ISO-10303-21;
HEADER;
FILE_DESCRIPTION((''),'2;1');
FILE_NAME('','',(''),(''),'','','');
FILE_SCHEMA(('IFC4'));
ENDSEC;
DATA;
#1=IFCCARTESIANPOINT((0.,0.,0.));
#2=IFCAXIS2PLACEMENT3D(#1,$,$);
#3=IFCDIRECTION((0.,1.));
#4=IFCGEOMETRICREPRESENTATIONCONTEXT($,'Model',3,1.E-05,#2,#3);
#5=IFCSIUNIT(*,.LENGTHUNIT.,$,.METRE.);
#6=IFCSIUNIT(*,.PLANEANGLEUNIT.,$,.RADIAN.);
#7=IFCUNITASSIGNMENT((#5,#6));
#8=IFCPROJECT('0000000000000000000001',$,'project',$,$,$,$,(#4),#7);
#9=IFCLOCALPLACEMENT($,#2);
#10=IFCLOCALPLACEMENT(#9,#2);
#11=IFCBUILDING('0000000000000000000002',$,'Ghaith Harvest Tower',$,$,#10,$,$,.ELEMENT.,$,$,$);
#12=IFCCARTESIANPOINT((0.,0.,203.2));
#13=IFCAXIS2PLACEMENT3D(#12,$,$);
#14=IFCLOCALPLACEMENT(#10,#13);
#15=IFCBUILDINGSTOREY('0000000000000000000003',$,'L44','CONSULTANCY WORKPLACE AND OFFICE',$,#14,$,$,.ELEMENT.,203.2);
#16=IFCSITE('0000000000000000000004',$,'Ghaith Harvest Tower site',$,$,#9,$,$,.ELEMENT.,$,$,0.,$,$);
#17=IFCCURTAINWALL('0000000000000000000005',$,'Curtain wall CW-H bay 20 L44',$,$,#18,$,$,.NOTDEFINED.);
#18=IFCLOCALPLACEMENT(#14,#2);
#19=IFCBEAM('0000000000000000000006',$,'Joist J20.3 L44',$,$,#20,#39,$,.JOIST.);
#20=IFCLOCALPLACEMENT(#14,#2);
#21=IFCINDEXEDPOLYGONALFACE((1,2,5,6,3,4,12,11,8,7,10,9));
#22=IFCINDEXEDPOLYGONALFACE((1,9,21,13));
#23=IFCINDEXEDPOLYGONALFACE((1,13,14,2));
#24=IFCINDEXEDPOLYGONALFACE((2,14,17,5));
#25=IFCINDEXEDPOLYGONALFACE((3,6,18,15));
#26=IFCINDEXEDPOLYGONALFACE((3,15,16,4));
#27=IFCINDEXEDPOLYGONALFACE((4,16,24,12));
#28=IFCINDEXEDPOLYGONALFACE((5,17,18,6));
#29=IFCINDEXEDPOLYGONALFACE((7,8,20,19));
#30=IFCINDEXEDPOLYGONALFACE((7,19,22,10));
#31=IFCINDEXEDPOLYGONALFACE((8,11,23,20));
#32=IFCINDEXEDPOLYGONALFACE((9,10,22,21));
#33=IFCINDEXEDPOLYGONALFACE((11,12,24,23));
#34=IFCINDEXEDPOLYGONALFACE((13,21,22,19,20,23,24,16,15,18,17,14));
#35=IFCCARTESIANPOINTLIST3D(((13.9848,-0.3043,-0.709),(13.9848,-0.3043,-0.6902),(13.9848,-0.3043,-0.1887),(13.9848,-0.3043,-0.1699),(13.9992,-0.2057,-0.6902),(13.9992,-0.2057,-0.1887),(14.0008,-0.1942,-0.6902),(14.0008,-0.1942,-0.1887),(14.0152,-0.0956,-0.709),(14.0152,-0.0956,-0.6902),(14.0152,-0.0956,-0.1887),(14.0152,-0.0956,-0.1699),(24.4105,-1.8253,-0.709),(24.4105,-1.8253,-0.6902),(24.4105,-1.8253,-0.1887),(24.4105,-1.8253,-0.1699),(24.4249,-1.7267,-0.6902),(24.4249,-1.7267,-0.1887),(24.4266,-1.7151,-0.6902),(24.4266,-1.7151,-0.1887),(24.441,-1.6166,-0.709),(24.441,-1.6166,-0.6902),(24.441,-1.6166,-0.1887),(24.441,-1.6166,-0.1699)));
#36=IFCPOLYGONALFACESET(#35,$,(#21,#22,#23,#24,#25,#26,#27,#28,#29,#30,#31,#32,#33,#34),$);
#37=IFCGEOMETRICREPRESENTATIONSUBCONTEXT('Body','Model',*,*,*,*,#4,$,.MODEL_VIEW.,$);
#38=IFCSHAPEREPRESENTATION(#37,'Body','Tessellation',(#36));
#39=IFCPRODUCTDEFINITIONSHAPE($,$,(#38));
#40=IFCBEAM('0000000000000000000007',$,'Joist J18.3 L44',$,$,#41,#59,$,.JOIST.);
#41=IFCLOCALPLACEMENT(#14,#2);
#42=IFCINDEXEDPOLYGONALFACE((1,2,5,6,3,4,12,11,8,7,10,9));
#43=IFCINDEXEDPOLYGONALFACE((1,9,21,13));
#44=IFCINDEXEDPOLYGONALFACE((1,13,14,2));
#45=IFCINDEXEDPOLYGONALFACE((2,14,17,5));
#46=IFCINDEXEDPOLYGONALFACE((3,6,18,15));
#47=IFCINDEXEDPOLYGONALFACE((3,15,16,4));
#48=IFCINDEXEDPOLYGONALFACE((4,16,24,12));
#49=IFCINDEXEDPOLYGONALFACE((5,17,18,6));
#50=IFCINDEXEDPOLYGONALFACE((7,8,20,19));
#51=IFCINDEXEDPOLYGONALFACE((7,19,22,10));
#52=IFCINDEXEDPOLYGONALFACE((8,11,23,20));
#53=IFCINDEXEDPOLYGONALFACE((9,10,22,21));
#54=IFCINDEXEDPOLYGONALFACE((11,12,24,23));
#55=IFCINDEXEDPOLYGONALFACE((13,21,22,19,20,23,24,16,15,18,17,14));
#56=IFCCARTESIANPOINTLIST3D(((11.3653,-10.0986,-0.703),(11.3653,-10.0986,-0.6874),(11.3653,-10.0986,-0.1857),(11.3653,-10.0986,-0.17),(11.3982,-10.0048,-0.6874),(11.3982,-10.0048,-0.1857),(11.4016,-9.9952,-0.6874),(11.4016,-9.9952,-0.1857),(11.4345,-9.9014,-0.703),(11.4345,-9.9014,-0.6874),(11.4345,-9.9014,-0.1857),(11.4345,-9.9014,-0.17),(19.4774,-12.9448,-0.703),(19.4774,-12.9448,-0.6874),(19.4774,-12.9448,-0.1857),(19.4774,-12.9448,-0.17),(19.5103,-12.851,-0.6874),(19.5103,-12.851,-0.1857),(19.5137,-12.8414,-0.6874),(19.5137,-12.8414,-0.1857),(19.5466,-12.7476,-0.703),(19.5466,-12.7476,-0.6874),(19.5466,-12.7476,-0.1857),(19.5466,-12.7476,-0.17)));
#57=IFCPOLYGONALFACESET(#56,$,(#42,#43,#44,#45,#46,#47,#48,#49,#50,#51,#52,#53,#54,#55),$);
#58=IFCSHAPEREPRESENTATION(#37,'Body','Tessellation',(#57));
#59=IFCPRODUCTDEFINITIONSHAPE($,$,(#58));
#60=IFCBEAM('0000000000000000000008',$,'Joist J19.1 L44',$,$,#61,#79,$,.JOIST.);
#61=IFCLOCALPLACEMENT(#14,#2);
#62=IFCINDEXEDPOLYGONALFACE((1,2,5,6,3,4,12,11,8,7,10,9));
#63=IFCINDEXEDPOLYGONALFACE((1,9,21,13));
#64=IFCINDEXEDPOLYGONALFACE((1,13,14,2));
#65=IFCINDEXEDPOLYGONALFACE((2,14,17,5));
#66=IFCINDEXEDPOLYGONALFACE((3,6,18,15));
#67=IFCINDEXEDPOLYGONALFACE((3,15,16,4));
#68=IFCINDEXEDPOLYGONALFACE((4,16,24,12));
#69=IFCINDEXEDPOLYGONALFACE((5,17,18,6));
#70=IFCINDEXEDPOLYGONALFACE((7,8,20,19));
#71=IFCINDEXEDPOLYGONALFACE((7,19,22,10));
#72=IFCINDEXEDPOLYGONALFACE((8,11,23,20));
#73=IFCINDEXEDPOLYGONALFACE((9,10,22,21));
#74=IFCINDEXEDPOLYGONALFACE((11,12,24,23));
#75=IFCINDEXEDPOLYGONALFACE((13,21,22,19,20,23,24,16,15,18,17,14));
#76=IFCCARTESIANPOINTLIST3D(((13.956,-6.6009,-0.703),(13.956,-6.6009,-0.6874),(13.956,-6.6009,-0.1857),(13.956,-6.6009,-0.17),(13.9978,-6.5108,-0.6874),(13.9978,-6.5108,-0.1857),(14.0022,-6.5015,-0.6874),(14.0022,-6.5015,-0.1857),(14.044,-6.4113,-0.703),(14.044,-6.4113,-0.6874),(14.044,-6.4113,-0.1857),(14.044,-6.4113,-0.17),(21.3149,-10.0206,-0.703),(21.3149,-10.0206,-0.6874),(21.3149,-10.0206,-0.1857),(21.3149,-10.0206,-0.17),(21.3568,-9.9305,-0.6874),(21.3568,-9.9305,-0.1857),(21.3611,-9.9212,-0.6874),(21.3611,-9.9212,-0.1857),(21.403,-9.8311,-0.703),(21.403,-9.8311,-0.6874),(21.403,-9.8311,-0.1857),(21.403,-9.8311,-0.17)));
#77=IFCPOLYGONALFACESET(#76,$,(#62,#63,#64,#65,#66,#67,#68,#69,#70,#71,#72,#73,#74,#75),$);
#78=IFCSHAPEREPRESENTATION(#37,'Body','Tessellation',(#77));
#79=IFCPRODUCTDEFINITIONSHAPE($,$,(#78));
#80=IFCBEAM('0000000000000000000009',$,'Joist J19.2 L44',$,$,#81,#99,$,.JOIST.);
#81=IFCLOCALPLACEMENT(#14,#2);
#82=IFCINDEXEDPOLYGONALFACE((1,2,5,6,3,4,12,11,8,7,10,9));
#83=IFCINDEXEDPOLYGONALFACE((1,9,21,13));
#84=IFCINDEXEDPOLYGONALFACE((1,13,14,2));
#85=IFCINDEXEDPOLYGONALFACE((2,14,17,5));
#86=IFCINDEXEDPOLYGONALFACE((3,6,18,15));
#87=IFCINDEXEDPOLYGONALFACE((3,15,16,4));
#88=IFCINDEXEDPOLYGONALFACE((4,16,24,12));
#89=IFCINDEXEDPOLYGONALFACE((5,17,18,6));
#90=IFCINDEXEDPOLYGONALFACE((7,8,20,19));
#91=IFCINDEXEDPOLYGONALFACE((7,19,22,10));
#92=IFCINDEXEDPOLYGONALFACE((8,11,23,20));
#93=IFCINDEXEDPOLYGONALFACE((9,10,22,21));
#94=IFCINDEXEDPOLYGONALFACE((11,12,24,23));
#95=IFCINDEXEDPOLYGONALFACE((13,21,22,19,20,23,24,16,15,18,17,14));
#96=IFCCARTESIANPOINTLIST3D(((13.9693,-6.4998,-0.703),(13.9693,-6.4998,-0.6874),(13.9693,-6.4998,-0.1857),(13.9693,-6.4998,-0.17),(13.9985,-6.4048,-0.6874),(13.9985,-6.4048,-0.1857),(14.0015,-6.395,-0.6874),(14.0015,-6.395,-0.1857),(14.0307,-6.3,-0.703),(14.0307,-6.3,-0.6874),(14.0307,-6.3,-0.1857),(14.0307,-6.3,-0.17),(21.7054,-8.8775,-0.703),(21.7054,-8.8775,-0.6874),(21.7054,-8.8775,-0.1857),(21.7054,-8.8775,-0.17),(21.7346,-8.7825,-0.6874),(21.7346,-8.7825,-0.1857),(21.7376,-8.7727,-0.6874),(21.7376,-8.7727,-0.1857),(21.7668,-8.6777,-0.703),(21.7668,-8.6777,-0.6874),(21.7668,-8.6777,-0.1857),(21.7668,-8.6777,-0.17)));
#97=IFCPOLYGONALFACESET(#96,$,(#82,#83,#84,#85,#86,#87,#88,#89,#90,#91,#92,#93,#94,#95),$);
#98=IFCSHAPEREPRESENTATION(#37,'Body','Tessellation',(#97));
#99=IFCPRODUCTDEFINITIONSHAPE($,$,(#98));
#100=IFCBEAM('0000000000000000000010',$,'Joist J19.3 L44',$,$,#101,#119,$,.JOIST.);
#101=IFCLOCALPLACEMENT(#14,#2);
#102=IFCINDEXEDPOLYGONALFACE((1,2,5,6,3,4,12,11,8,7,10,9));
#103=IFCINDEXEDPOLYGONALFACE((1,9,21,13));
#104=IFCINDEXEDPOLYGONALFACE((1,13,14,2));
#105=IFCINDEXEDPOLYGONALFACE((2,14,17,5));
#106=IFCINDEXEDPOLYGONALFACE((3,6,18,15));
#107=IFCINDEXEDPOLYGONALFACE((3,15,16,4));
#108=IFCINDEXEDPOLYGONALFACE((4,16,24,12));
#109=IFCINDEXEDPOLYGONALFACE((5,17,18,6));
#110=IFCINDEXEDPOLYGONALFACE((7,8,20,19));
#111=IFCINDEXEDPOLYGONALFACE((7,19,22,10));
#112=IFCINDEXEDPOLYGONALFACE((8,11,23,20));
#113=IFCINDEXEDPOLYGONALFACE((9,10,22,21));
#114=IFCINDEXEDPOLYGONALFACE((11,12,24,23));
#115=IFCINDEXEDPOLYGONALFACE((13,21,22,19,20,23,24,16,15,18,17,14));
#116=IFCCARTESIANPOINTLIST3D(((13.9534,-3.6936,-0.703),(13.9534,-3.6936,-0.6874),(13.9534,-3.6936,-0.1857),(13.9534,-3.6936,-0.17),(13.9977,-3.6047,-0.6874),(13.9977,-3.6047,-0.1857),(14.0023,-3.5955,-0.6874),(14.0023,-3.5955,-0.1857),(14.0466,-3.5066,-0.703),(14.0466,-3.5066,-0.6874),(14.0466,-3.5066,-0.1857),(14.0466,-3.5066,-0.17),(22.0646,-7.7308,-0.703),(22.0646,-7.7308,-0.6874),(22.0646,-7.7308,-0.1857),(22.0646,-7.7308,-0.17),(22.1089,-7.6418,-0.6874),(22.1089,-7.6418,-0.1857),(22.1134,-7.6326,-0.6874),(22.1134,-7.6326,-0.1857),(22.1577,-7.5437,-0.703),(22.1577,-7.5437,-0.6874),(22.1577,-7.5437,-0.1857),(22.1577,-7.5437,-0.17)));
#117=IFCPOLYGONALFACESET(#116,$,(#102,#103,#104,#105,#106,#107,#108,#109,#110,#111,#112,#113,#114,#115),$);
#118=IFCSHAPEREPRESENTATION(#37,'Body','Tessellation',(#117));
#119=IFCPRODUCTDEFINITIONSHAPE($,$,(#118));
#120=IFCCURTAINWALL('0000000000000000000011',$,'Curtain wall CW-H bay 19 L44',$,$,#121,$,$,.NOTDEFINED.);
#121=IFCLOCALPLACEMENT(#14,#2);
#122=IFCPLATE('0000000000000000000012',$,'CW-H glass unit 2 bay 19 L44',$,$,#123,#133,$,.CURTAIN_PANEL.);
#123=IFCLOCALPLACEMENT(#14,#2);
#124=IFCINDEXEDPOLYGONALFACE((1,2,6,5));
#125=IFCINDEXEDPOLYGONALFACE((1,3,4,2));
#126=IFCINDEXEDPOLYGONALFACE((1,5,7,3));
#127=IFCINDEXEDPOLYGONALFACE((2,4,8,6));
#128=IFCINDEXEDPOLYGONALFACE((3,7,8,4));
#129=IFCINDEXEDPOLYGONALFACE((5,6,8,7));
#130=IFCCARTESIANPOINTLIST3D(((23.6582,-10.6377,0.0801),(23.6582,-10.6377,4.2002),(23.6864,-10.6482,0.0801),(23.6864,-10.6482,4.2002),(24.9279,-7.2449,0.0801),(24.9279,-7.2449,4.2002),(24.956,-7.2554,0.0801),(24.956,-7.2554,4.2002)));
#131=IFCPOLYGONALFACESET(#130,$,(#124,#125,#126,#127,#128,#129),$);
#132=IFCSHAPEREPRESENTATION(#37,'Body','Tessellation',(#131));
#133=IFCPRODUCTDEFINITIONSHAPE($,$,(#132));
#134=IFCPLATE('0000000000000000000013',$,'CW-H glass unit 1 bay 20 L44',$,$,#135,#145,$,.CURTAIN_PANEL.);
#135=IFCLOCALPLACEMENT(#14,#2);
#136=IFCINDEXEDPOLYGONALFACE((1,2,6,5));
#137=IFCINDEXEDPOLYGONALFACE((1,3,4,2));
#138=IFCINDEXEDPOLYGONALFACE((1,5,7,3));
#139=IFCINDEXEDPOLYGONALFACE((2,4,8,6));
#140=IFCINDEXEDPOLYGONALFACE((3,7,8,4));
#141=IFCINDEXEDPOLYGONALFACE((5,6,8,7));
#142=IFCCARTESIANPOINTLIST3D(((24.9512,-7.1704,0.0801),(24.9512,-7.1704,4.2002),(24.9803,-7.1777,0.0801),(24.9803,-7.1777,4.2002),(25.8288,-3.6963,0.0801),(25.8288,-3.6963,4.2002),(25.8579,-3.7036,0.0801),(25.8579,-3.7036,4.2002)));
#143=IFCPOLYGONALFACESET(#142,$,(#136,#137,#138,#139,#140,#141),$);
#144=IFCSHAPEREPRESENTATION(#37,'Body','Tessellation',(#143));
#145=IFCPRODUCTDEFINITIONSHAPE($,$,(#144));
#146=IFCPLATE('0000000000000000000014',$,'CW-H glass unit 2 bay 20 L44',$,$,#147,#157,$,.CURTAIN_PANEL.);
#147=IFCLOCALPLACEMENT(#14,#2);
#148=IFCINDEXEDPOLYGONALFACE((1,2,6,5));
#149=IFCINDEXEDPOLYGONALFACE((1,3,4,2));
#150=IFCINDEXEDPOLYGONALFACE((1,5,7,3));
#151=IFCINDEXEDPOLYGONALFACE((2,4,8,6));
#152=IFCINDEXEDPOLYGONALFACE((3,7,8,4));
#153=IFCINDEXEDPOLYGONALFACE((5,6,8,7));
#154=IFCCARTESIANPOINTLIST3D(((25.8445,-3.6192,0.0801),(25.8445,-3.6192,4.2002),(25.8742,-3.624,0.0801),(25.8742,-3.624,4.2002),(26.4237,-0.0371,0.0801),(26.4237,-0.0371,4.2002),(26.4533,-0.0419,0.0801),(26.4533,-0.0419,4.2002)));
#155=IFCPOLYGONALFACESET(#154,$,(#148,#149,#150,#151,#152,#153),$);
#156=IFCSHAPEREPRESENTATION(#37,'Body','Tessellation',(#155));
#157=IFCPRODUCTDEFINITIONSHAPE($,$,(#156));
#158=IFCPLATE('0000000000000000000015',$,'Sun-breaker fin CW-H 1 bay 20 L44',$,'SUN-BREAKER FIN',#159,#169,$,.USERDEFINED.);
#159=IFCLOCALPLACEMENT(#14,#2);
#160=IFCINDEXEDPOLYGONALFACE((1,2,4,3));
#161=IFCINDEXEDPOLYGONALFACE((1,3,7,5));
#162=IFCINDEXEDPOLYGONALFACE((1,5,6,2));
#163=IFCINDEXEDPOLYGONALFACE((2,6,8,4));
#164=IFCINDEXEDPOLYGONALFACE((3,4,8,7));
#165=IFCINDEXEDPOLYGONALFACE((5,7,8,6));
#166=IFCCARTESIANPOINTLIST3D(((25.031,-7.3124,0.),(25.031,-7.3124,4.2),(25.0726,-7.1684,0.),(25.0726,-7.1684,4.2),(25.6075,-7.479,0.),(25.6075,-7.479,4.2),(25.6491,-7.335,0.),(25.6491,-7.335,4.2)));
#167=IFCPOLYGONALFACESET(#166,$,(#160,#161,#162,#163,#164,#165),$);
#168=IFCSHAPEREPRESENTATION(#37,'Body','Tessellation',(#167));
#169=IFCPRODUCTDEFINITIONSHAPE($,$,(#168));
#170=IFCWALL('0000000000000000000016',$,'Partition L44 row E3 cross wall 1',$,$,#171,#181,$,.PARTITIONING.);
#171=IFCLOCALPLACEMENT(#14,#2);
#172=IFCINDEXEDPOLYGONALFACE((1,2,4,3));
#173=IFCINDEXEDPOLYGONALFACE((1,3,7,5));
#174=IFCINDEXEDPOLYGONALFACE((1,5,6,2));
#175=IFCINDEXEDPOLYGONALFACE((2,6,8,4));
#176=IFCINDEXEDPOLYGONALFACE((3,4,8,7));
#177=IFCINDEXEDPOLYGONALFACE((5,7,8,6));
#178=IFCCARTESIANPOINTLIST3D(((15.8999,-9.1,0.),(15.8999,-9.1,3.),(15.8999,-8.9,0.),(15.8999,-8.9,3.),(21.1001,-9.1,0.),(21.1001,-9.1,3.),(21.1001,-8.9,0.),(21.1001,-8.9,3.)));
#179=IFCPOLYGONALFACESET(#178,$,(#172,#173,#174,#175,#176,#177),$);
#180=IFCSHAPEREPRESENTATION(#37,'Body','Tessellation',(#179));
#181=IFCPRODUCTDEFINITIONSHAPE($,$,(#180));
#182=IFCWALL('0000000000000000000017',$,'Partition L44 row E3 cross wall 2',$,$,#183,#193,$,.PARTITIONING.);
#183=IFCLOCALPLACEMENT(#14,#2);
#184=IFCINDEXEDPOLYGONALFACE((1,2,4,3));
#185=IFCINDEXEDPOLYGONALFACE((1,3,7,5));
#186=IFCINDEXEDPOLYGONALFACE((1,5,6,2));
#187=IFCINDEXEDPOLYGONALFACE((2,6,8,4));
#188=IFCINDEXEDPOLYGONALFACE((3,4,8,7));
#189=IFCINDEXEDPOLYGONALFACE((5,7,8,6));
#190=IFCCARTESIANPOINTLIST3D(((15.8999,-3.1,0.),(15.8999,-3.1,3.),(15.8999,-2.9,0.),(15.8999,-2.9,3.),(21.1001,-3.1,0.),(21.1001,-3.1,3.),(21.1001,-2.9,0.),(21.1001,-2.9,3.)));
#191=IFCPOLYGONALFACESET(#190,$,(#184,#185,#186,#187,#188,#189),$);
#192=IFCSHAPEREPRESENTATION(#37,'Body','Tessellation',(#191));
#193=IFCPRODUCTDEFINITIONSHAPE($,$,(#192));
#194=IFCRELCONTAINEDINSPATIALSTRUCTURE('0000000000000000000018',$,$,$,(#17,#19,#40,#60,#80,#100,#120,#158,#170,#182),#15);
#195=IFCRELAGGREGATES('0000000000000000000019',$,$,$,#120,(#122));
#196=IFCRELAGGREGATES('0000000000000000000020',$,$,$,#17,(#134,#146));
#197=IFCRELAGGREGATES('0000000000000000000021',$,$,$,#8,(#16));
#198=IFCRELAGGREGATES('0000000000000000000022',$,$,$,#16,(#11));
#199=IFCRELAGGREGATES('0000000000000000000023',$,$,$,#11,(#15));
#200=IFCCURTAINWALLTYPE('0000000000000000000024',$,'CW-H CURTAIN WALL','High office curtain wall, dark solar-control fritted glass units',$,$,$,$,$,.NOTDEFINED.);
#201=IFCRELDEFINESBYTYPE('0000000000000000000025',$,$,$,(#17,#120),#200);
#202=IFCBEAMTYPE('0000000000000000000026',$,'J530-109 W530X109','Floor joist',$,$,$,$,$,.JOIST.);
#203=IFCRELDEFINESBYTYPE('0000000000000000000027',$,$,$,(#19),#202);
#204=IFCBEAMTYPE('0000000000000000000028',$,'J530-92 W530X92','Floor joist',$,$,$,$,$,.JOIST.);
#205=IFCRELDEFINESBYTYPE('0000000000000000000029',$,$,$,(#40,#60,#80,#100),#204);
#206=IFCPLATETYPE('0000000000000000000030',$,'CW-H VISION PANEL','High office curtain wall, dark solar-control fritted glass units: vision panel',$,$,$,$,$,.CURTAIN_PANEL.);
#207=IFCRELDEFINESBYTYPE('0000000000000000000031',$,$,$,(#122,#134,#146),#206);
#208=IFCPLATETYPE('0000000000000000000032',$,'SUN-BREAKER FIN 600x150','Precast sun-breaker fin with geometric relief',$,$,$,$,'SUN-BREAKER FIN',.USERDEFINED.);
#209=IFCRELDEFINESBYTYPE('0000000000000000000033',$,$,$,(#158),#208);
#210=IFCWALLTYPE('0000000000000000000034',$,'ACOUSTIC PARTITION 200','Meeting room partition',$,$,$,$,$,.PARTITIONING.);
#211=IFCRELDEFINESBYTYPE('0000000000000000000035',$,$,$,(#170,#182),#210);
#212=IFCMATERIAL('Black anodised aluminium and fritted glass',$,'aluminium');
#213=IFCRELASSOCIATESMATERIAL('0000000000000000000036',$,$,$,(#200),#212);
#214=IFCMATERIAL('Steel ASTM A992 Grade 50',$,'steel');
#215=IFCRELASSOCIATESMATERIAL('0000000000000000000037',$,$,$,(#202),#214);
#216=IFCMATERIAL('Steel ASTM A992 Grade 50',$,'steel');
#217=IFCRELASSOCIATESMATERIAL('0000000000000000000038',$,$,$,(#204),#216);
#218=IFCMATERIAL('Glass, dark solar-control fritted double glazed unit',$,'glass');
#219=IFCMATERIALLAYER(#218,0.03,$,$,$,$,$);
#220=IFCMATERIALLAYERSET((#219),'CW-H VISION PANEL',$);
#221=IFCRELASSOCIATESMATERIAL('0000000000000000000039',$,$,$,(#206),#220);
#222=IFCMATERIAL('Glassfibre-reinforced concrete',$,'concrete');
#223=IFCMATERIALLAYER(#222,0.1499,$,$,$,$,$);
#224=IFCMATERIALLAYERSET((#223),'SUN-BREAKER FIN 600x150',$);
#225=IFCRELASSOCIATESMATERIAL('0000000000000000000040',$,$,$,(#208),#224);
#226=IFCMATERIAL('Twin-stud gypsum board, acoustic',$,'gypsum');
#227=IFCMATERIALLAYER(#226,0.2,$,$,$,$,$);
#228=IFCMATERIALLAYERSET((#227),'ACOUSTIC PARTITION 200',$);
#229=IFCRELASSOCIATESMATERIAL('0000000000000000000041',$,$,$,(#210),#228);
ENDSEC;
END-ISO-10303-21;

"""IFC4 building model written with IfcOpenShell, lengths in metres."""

from ifc_helpers import new_model, si_unit, direction, frame, frame_2d, origin, origin_2d, place, context, subcontext, project, spatial, rectangle, i_section, extrude, material, layer, layer_set, material_profile, profile_set, type_object, element, aggregate, save


model = new_model("IFC4")

# Units and contexts
model_context = context("Model", 3, precision=1e-05, world=origin(), true_north=direction((0.0, 1.0)))
body_context = subcontext(model_context, "Body", "Model", "MODEL_VIEW")
ifc_project = project(units=[si_unit("LENGTHUNIT", "METRE"), si_unit("PLANEANGLEUNIT", "RADIAN")], contexts=[model_context])

# Site, building, storey
site_placement = place(None, origin())
site = spatial("IfcSite", under=ifc_project, at=site_placement, Name="Ghaith Harvest Tower site", CompositionType="ELEMENT", RefElevation=0.0)
building_placement = place(site_placement, origin())
building = spatial("IfcBuilding", under=site, at=building_placement, Name="Ghaith Harvest Tower", CompositionType="ELEMENT")
storey_placement = place(building_placement, frame((0.0, 0.0, 203.2)))
storey = spatial("IfcBuildingStorey", under=building, at=storey_placement, Name="L44", Description="CONSULTANCY WORKPLACE AND OFFICE", CompositionType="ELEMENT", Elevation=203.2)

# Curtain wall
ifc_material_1 = material(Name="Black anodised aluminium and fritted glass", Category="aluminium")
curtain_wall_type = type_object("IfcCurtainWallType", Name="CW-H CURTAIN WALL", Description="High office curtain wall, dark solar-control fritted glass units", PredefinedType="NOTDEFINED", material=ifc_material_1)
curtain_wall_1_placement = place(storey_placement, origin())
curtain_wall_1 = element("IfcCurtainWall", 1, at=curtain_wall_1_placement, inside=storey, type_object=curtain_wall_type, Name="Curtain wall CW-H bay 20 L44", PredefinedType="NOTDEFINED")

# Beams
ifc_material_2 = material(Name="Steel ASTM A992 Grade 50", Category="steel")
ifc_material_profile_1 = material_profile(ifc_material_2, i_section(OverallWidth=0.2109, OverallDepth=0.5391, WebThickness=0.0117, FlangeThickness=0.0188, at=origin_2d()), Name="W530X109")
ifc_profile_set_1 = profile_set([ifc_material_profile_1], Name="Steel ASTM A992 Grade 50")
beam_type_1 = type_object("IfcBeamType", Name="J530-109 W530X109", Description="Floor joist", PredefinedType="JOIST", material=ifc_profile_set_1)
beam_1_placement = place(storey_placement, frame((14.0, -0.2, -0.4395), z_axis=(0.989525, -0.14436, 0.0), x_axis=(0.14436, 0.989525, 0.0)))
element("IfcBeam", 2, at=beam_1_placement, inside=storey, type_object=beam_type_1, Name="Joist J20.3 L44", PredefinedType="JOIST", context=body_context, shape_type="SweptSolid", body=[
    extrude(i_section(OverallWidth=0.2109, OverallDepth=0.5391, WebThickness=0.0117, FlangeThickness=0.0188, at=origin_2d()), origin(), (0.0, 0.0, 1.0), 10.5361),
])
ifc_material_3 = material(Name="Steel ASTM A992 Grade 50", Category="steel")
ifc_material_profile_2 = material_profile(ifc_material_3, i_section(OverallWidth=0.209, OverallDepth=0.533, WebThickness=0.0103, FlangeThickness=0.0156, at=origin_2d()), Name="W530X92")
ifc_profile_set_2 = profile_set([ifc_material_profile_2], Name="Steel ASTM A992 Grade 50")
beam_type_2 = type_object("IfcBeamType", Name="J530-92 W530X92", Description="Floor joist", PredefinedType="JOIST", material=ifc_profile_set_2)
beam_2_placement = place(storey_placement, frame((11.3999, -10.0, -0.4365), z_axis=(0.943605, -0.331073, 0.0), x_axis=(0.331073, 0.943605, 0.0)))
element("IfcBeam", 3, at=beam_2_placement, inside=storey, type_object=beam_type_2, Name="Joist J18.3 L44", PredefinedType="JOIST", context=body_context, shape_type="SweptSolid", body=[
    extrude(i_section(OverallWidth=0.209, OverallDepth=0.533, WebThickness=0.0103, FlangeThickness=0.0156, at=origin_2d()), origin(), (0.0, 0.0, 1.0), 8.5969),
])
beam_3_placement = place(storey_placement, frame((14.0, -6.5061, -0.4365), z_axis=(0.906865, -0.421421, 0.0), x_axis=(0.421421, 0.906865, 0.0)))
element("IfcBeam", 4, at=beam_3_placement, inside=storey, type_object=beam_type_2, Name="Joist J19.1 L44", PredefinedType="JOIST", context=body_context, shape_type="SweptSolid", body=[
    extrude(i_section(OverallWidth=0.209, OverallDepth=0.533, WebThickness=0.0103, FlangeThickness=0.0156, at=origin_2d()), origin(), (0.0, 0.0, 1.0), 8.1147),
])
beam_4_placement = place(storey_placement, frame((14.0, -6.3999, -0.4365), z_axis=(0.955871, -0.293787, 0.0), x_axis=(0.293787, 0.955871, 0.0)))
element("IfcBeam", 5, at=beam_4_placement, inside=storey, type_object=beam_type_2, Name="Joist J19.2 L44", PredefinedType="JOIST", context=body_context, shape_type="SweptSolid", body=[
    extrude(i_section(OverallWidth=0.209, OverallDepth=0.533, WebThickness=0.0103, FlangeThickness=0.0156, at=origin_2d()), origin(), (0.0, 0.0, 1.0), 8.0933),
])
beam_5_placement = place(storey_placement, frame((14.0, -3.6001, -0.4365), z_axis=(0.895239, -0.445585, 0.0), x_axis=(0.445585, 0.895239, 0.0)))
element("IfcBeam", 6, at=beam_5_placement, inside=storey, type_object=beam_type_2, Name="Joist J19.3 L44", PredefinedType="JOIST", context=body_context, shape_type="SweptSolid", body=[
    extrude(i_section(OverallWidth=0.209, OverallDepth=0.533, WebThickness=0.0103, FlangeThickness=0.0156, at=origin_2d()), origin(), (0.0, 0.0, 1.0), 9.0603),
])

# Curtain wall, plate
curtain_wall_2_placement = place(storey_placement, origin())
curtain_wall_2 = element("IfcCurtainWall", 7, at=curtain_wall_2_placement, inside=storey, type_object=curtain_wall_type, Name="Curtain wall CW-H bay 19 L44", PredefinedType="NOTDEFINED")
ifc_material_4 = material(Name="Glass, dark solar-control fritted double glazed unit", Category="glass")
ifc_layer_1 = layer(ifc_material_4, 0.03)
ifc_layer_set_1 = layer_set([ifc_layer_1], Name="CW-H VISION PANEL")
plate_type_1 = type_object("IfcPlateType", Name="CW-H VISION PANEL", Description="High office curtain wall, dark solar-control fritted glass units: vision panel", PredefinedType="CURTAIN_PANEL", material=ifc_layer_set_1)
plate_1_placement = place(storey_placement, frame((24.3071, -8.9465, 0.0801), z_axis=(0.0, 0.0, 1.0), x_axis=(0.350481, 0.93657, 0.0)))
plate_1 = element("IfcPlate", 8, at=plate_1_placement, type_object=plate_type_1, Name="CW-H glass unit 2 bay 19 L44", PredefinedType="CURTAIN_PANEL", context=body_context, shape_type="SweptSolid", body=[
    extrude(rectangle(XDim=3.6226, YDim=0.03, at=origin_2d()), origin(), (0.0, 0.0, 1.0), 4.1201),
])
aggregate(curtain_wall_2, [plate_1])

# Plates
plate_2_placement = place(storey_placement, frame((25.4045, -5.437, 0.0801), z_axis=(0.0, 0.0, 1.0), x_axis=(0.244926, 0.969542, 0.0)))
plate_2 = element("IfcPlate", 9, at=plate_2_placement, type_object=plate_type_1, Name="CW-H glass unit 1 bay 20 L44", PredefinedType="CURTAIN_PANEL", context=body_context, shape_type="SweptSolid", body=[
    extrude(rectangle(XDim=3.5833, YDim=0.03, at=origin_2d()), origin(), (0.0, 0.0, 1.0), 4.1201),
])
plate_3_placement = place(storey_placement, frame((26.1489, -1.8306, 0.0801), z_axis=(0.0, 0.0, 1.0), x_axis=(0.159601, 0.987182, 0.0)))
plate_3 = element("IfcPlate", 10, at=plate_3_placement, type_object=plate_type_1, Name="CW-H glass unit 2 bay 20 L44", PredefinedType="CURTAIN_PANEL", context=body_context, shape_type="SweptSolid", body=[
    extrude(rectangle(XDim=3.6287, YDim=0.03, at=origin_2d()), origin(), (0.0, 0.0, 1.0), 4.1201),
])
aggregate(curtain_wall_1, [plate_2, plate_3])
ifc_material_5 = material(Name="Glassfibre-reinforced concrete", Category="concrete")
ifc_layer_2 = layer(ifc_material_5, 0.1499)
ifc_layer_set_2 = layer_set([ifc_layer_2], Name="SUN-BREAKER FIN 600x150")
plate_type_2 = type_object("IfcPlateType", Name="SUN-BREAKER FIN 600x150", Description="Precast sun-breaker fin with geometric relief", ElementType="SUN-BREAKER FIN", PredefinedType="USERDEFINED", material=ifc_layer_set_2)
plate_4_placement = place(storey_placement, frame((25.3401, -7.3237, 0.0), z_axis=(0.0, 0.0, 1.0), x_axis=(0.96068, -0.277657, 0.0)))
element("IfcPlate", 11, at=plate_4_placement, inside=storey, type_object=plate_type_2, Name="Sun-breaker fin CW-H 1 bay 20 L44", ObjectType="SUN-BREAKER FIN", PredefinedType="USERDEFINED", context=body_context, shape_type="SweptSolid", body=[
    extrude(rectangle(XDim=0.6001, YDim=0.1499, at=origin_2d()), origin(), (0.0, 0.0, 1.0), 4.2),
])

# Walls
ifc_material_6 = material(Name="Twin-stud gypsum board, acoustic", Category="gypsum")
ifc_layer_3 = layer(ifc_material_6, 0.2)
ifc_layer_set_3 = layer_set([ifc_layer_3], Name="ACOUSTIC PARTITION 200")
wall_type_1 = type_object("IfcWallType", Name="ACOUSTIC PARTITION 200", Description="Meeting room partition", PredefinedType="PARTITIONING", material=ifc_layer_set_3)
for number, where, z_axis, x_axis, name in (
    (12, (15.8999, -9.0, 0.0), (0.0, 0.0, 1.0), (1.0, 0.0, 0.0), "Partition L44 row E3 cross wall 1"),
    (13, (15.8999, -3.0, 0.0), (0.0, 0.0, 1.0), (1.0, 0.0, 0.0), "Partition L44 row E3 cross wall 2"),
):
    element("IfcWall", number, at=place(storey_placement, frame(where, z_axis=z_axis, x_axis=x_axis)), inside=storey, type_object=wall_type_1, Name=name, PredefinedType="PARTITIONING", context=body_context, shape_type="SweptSolid", body=[
        extrude(rectangle(XDim=5.2002, YDim=0.2, at=frame_2d((2.6001, 0.0))), origin(), (0.0, 0.0, 1.0), 3.0),
    ])

save(model, "model.ifc")
